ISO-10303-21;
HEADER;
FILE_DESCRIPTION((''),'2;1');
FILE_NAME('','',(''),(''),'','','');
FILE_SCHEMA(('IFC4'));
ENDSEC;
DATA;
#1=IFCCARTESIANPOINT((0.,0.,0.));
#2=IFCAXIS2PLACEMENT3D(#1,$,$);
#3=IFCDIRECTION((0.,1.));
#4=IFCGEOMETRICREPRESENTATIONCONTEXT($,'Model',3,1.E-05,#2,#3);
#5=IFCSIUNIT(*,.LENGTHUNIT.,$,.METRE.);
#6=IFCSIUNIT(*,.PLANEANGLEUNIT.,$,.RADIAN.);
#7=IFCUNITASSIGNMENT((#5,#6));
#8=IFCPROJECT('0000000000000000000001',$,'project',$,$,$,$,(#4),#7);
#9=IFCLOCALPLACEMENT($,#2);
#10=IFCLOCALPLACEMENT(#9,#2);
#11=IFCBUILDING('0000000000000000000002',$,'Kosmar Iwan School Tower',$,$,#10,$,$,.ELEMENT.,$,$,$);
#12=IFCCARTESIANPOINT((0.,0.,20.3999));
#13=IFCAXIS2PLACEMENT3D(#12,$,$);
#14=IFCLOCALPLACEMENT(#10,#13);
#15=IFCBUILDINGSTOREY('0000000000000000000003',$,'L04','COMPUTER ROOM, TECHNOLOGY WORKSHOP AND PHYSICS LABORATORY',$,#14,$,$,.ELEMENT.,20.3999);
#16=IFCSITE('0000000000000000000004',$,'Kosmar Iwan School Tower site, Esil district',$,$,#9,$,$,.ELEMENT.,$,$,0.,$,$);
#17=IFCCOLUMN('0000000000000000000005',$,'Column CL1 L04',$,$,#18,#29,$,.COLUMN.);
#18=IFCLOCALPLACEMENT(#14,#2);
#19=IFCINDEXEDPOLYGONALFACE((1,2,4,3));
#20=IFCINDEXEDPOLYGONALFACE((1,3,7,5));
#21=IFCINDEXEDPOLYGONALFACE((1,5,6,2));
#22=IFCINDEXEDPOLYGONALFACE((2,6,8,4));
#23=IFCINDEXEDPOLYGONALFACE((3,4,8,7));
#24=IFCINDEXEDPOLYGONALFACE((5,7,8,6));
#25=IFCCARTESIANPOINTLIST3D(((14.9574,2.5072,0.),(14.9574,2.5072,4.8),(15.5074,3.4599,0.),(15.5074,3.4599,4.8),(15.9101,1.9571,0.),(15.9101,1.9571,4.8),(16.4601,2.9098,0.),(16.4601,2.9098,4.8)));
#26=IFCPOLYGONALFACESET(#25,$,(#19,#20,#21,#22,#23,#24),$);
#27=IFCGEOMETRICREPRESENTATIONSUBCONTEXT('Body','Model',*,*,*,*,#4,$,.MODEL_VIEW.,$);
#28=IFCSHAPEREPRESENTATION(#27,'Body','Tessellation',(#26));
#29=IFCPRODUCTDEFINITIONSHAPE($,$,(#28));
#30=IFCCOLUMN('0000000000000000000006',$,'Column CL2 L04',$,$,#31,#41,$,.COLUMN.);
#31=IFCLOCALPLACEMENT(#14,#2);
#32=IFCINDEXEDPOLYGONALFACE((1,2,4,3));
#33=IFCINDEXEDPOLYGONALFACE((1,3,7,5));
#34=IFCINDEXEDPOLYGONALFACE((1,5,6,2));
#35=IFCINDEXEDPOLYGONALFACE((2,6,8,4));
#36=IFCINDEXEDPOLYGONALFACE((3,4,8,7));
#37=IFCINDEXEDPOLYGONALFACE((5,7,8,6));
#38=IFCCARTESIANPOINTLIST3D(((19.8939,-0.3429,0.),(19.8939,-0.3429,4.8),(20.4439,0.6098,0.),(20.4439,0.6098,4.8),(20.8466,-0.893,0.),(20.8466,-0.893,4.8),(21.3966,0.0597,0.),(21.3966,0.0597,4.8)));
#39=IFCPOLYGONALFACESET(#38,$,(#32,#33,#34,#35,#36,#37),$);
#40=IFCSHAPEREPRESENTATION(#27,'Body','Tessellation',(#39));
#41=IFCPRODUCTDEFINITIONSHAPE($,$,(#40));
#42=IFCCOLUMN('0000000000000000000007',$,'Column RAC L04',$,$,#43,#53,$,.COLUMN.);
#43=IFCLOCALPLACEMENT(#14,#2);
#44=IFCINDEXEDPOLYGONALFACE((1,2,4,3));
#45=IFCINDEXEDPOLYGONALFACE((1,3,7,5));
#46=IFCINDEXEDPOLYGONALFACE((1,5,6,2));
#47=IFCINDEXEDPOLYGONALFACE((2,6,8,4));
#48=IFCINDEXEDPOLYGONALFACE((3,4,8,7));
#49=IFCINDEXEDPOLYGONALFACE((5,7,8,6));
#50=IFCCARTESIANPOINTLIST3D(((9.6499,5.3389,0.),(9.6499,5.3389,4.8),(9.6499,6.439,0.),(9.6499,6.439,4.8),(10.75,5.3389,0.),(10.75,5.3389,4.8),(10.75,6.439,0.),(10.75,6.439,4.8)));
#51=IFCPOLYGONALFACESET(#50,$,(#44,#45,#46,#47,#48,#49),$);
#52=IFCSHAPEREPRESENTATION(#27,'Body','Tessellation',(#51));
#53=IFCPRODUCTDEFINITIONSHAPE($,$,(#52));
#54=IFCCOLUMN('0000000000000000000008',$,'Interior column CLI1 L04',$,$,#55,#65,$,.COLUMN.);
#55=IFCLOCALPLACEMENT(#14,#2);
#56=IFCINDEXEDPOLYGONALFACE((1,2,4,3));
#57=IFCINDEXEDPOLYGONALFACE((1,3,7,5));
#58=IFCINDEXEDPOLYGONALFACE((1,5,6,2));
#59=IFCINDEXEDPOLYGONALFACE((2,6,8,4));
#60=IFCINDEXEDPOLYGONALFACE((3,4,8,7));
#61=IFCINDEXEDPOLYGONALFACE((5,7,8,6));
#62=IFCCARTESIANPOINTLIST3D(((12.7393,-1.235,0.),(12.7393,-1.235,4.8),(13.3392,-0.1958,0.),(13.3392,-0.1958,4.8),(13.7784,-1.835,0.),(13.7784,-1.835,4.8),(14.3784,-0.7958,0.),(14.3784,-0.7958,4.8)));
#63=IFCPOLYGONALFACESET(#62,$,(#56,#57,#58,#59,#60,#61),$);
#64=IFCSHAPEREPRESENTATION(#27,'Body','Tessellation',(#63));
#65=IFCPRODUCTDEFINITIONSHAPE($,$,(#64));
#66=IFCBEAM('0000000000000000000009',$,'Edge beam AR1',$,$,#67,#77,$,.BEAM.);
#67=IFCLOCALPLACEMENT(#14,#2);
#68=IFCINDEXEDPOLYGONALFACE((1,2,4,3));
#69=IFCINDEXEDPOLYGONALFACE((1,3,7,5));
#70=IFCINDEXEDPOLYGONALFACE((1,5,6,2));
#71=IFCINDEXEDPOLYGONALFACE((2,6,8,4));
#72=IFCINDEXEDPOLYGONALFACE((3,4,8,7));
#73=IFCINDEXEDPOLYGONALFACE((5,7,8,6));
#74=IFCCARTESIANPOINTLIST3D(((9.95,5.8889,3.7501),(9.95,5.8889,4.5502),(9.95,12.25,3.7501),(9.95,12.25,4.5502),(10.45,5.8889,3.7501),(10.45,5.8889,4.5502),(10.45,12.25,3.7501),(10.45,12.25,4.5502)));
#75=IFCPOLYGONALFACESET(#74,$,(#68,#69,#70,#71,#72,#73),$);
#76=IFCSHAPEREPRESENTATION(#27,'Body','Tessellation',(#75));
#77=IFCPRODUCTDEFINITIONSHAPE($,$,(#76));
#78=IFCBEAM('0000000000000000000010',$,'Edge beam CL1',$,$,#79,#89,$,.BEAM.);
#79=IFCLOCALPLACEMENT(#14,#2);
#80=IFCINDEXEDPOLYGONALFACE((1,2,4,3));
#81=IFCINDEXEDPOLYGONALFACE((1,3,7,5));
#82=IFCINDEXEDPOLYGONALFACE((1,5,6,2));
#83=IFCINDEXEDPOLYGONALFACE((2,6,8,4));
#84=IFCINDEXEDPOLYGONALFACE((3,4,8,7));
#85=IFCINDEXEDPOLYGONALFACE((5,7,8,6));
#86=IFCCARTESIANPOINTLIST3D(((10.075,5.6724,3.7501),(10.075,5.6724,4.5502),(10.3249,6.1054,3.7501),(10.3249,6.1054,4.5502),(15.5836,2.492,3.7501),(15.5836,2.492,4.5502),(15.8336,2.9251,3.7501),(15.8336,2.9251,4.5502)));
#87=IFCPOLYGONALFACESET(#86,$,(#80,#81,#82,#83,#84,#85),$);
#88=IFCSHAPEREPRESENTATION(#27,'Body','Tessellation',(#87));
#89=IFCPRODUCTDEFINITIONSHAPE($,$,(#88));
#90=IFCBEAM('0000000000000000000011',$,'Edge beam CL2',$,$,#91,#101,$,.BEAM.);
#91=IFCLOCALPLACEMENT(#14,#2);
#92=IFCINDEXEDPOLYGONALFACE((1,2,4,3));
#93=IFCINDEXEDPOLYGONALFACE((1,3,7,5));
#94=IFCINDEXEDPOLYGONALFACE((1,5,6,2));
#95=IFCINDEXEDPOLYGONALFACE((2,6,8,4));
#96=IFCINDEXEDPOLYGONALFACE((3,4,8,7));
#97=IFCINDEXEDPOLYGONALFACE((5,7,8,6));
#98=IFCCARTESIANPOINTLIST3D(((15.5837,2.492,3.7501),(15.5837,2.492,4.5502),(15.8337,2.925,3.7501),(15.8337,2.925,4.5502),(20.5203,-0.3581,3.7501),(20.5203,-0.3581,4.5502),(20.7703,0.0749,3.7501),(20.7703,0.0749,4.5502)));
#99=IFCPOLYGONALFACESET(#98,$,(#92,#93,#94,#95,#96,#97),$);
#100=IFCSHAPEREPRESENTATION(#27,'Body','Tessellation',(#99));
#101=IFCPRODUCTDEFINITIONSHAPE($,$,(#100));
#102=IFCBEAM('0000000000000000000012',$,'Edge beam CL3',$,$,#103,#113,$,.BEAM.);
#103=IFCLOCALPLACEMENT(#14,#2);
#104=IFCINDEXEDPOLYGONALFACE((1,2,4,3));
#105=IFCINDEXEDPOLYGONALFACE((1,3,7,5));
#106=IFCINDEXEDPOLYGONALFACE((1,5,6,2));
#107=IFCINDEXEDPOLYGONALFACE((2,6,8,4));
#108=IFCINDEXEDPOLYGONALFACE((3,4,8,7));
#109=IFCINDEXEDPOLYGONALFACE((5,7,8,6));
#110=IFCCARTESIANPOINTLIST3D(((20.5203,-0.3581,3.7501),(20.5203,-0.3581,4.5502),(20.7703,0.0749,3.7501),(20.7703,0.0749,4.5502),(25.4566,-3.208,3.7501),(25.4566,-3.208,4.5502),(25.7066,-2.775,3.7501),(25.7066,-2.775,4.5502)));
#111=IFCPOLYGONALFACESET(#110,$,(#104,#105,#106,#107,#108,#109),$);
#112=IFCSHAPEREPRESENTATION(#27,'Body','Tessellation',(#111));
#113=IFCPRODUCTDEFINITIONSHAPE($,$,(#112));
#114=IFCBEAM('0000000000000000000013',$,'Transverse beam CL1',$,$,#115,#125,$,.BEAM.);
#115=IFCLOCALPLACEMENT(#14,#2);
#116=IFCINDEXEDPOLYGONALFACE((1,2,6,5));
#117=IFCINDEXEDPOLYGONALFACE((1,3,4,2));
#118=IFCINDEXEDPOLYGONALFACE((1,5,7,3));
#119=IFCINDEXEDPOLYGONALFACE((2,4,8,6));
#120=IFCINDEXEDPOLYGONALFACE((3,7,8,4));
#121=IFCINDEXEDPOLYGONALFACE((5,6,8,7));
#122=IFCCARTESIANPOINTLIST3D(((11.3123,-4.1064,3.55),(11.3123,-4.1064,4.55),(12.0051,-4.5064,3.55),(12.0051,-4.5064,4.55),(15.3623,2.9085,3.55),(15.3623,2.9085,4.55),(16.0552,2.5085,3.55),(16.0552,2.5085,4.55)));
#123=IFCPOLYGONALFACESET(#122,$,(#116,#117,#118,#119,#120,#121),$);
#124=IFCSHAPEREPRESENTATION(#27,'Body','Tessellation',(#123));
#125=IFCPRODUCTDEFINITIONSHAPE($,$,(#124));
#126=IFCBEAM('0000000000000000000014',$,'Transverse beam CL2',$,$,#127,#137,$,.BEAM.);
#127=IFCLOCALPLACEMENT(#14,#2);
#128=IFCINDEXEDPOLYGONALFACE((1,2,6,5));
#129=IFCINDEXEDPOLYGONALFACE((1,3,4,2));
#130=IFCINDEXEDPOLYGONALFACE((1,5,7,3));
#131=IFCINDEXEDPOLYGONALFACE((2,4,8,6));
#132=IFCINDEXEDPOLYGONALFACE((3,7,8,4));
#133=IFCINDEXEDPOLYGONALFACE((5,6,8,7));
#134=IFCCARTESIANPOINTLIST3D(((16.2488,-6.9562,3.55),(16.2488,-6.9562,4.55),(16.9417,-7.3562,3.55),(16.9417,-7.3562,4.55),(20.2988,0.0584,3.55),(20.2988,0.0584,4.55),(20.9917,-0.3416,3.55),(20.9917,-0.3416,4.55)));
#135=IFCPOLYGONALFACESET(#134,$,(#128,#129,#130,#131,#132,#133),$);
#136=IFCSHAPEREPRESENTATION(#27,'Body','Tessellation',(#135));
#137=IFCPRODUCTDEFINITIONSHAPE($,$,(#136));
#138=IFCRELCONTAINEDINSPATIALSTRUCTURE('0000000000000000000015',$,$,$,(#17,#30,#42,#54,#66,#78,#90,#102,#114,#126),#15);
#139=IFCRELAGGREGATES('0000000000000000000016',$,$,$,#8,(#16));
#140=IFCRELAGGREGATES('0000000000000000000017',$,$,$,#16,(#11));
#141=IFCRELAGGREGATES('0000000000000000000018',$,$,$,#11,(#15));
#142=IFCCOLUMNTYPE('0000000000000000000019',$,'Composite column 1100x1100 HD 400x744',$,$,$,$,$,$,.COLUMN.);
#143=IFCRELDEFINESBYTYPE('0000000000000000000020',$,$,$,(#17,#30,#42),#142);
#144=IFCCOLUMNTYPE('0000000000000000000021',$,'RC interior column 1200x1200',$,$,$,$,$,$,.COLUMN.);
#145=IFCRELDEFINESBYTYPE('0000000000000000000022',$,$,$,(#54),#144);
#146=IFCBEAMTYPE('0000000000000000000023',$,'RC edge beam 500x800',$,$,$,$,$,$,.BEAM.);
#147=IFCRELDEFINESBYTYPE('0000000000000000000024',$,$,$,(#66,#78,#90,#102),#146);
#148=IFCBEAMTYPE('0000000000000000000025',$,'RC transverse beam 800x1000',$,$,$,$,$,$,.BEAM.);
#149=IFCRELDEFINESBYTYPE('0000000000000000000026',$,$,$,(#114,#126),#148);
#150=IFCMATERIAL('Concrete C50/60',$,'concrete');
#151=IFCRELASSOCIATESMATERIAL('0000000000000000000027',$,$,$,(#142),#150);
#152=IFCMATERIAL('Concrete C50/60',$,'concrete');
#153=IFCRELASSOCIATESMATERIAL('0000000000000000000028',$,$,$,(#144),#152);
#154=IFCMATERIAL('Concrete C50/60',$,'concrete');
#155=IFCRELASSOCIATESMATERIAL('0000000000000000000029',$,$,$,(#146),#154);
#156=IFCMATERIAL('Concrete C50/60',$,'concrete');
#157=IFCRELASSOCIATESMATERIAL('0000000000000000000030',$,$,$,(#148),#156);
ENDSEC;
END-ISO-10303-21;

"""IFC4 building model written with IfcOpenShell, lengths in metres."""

from ifc_helpers import new_model, si_unit, direction, frame, origin, origin_2d, place, context, subcontext, project, spatial, rectangle, extrude, material, material_profile, profile_set, type_object, element, save


model = new_model("IFC4")

# Units and contexts
model_context = context("Model", 3, precision=1e-05, world=origin(), true_north=direction((0.0, 1.0)))
body_context = subcontext(model_context, "Body", "Model", "MODEL_VIEW")
ifc_project = project(units=[si_unit("LENGTHUNIT", "METRE"), si_unit("PLANEANGLEUNIT", "RADIAN")], contexts=[model_context])

# Site, building, storey
site_placement = place(None, origin())
site = spatial("IfcSite", under=ifc_project, at=site_placement, Name="Kosmar Iwan School Tower site, Esil district", CompositionType="ELEMENT", RefElevation=0.0)
building_placement = place(site_placement, origin())
building = spatial("IfcBuilding", under=site, at=building_placement, Name="Kosmar Iwan School Tower", CompositionType="ELEMENT")
storey_placement = place(building_placement, frame((0.0, 0.0, 20.3999)))
storey = spatial("IfcBuildingStorey", under=building, at=storey_placement, Name="L04", Description="COMPUTER ROOM, TECHNOLOGY WORKSHOP AND PHYSICS LABORATORY", CompositionType="ELEMENT", Elevation=20.3999)

# Columns
ifc_material_1 = material(Name="Concrete C50/60", Category="concrete")
ifc_material_profile_1 = material_profile(ifc_material_1, rectangle(XDim=1.1001, YDim=1.1001, at=origin_2d()), Name="RC 1100x1100 + HD 400x744")
ifc_profile_set_1 = profile_set([ifc_material_profile_1], Name="Concrete C50/60")
column_type_1 = type_object("IfcColumnType", Name="Composite column 1100x1100 HD 400x744", PredefinedType="COLUMN", material=ifc_profile_set_1)
for number, where, z_axis, x_axis, name in (
    (1, (15.7087, 2.7085, 0.0), (0.0, 0.0, 1.0), (0.866025, -0.5, 0.0), "Column CL1 L04"),
    (2, (20.6453, -0.1416, 0.0), (0.0, 0.0, 1.0), (0.866025, -0.5, 0.0), "Column CL2 L04"),
    (3, (10.2, 5.8889, 0.0), (0.0, 0.0, 1.0), (1.0, 0.0, 0.0), "Column RAC L04"),
):
    element("IfcColumn", number, at=place(storey_placement, frame(where, z_axis=z_axis, x_axis=x_axis)), inside=storey, type_object=column_type_1, Name=name, PredefinedType="COLUMN", context=body_context, shape_type="SweptSolid", body=[
        extrude(rectangle(XDim=1.1001, YDim=1.1001, at=origin_2d()), origin(), (0.0, 0.0, 1.0), 4.8),
    ])
ifc_material_2 = material(Name="Concrete C50/60", Category="concrete")
ifc_material_profile_2 = material_profile(ifc_material_2, rectangle(XDim=1.2, YDim=1.2, at=origin_2d()), Name="RC 1200x1200")
ifc_profile_set_2 = profile_set([ifc_material_profile_2], Name="Concrete C50/60")
column_type_2 = type_object("IfcColumnType", Name="RC interior column 1200x1200", PredefinedType="COLUMN", material=ifc_profile_set_2)
column_placement = place(storey_placement, frame((13.5588, -1.0154, 0.0), z_axis=(0.0, 0.0, 1.0), x_axis=(0.866025, -0.5, 0.0)))
element("IfcColumn", 4, at=column_placement, inside=storey, type_object=column_type_2, Name="Interior column CLI1 L04", PredefinedType="COLUMN", context=body_context, shape_type="SweptSolid", body=[
    extrude(rectangle(XDim=1.2, YDim=1.2, at=origin_2d()), origin(), (0.0, 0.0, 1.0), 4.8),
])

# Beams
ifc_material_3 = material(Name="Concrete C50/60", Category="concrete")
ifc_material_profile_3 = material_profile(ifc_material_3, rectangle(XDim=0.5, YDim=0.8, at=origin_2d()), Name="RC 500x800")
ifc_profile_set_3 = profile_set([ifc_material_profile_3], Name="Concrete C50/60")
beam_type_1 = type_object("IfcBeamType", Name="RC edge beam 500x800", PredefinedType="BEAM", material=ifc_profile_set_3)
beam_1_placement = place(storey_placement, frame((10.2, 5.8889, 4.1501), z_axis=(0.0, 1.0, 0.0), x_axis=(-1.0, 0.0, 0.0)))
element("IfcBeam", 5, at=beam_1_placement, inside=storey, type_object=beam_type_1, Name="Edge beam AR1", PredefinedType="BEAM", context=body_context, shape_type="SweptSolid", body=[
    extrude(rectangle(XDim=0.5, YDim=0.8, at=origin_2d()), origin(), (0.0, 0.0, 1.0), 6.3611),
])
beam_2_placement = place(storey_placement, frame((10.2, 5.8889, 4.1501), z_axis=(0.866031, -0.49999, 0.0), x_axis=(0.49999, 0.866031, 0.0)))
element("IfcBeam", 6, at=beam_2_placement, inside=storey, type_object=beam_type_1, Name="Edge beam CL1", PredefinedType="BEAM", context=body_context, shape_type="SweptSolid", body=[
    extrude(rectangle(XDim=0.5, YDim=0.8, at=origin_2d()), origin(), (0.0, 0.0, 1.0), 6.3608),
])
beam_3_placement = place(storey_placement, frame((15.7087, 2.7085, 4.1501), z_axis=(0.866026, -0.499999, 0.0), x_axis=(0.499999, 0.866026, 0.0)))
element("IfcBeam", 7, at=beam_3_placement, inside=storey, type_object=beam_type_1, Name="Edge beam CL2", PredefinedType="BEAM", context=body_context, shape_type="SweptSolid", body=[
    extrude(rectangle(XDim=0.5, YDim=0.8, at=origin_2d()), origin(), (0.0, 0.0, 1.0), 5.7002),
])
beam_4_placement = place(storey_placement, frame((20.6453, -0.1416, 4.1501), z_axis=(0.866034, -0.499986, 0.0), x_axis=(0.499986, 0.866034, 0.0)))
element("IfcBeam", 8, at=beam_4_placement, inside=storey, type_object=beam_type_1, Name="Edge beam CL3", PredefinedType="BEAM", context=body_context, shape_type="SweptSolid", body=[
    extrude(rectangle(XDim=0.5, YDim=0.8, at=origin_2d()), origin(), (0.0, 0.0, 1.0), 5.7),
])
ifc_material_4 = material(Name="Concrete C50/60", Category="concrete")
ifc_material_profile_4 = material_profile(ifc_material_4, rectangle(XDim=0.8, YDim=1.0, at=origin_2d()), Name="RC 800x1000")
ifc_profile_set_4 = profile_set([ifc_material_profile_4], Name="Concrete C50/60")
beam_type_2 = type_object("IfcBeamType", Name="RC transverse beam 800x1000", PredefinedType="BEAM", material=ifc_profile_set_4)
beam_5_placement = place(storey_placement, frame((15.7087, 2.7085, 4.05), z_axis=(-0.5, -0.866025, 0.0), x_axis=(0.866025, -0.5, 0.0)))
element("IfcBeam", 9, at=beam_5_placement, inside=storey, type_object=beam_type_2, Name="Transverse beam CL1", PredefinedType="BEAM", context=body_context, shape_type="SweptSolid", body=[
    extrude(rectangle(XDim=0.8, YDim=1.0, at=origin_2d()), origin(), (0.0, 0.0, 1.0), 8.1001),
])
beam_6_placement = place(storey_placement, frame((20.6453, -0.1416, 4.05), z_axis=(-0.500013, -0.866018, 0.0), x_axis=(0.866018, -0.500013, 0.0)))
element("IfcBeam", 10, at=beam_6_placement, inside=storey, type_object=beam_type_2, Name="Transverse beam CL2", PredefinedType="BEAM", context=body_context, shape_type="SweptSolid", body=[
    extrude(rectangle(XDim=0.8, YDim=1.0, at=origin_2d()), origin(), (0.0, 0.0, 1.0), 8.0999),
])

save(model, "model.ifc")
